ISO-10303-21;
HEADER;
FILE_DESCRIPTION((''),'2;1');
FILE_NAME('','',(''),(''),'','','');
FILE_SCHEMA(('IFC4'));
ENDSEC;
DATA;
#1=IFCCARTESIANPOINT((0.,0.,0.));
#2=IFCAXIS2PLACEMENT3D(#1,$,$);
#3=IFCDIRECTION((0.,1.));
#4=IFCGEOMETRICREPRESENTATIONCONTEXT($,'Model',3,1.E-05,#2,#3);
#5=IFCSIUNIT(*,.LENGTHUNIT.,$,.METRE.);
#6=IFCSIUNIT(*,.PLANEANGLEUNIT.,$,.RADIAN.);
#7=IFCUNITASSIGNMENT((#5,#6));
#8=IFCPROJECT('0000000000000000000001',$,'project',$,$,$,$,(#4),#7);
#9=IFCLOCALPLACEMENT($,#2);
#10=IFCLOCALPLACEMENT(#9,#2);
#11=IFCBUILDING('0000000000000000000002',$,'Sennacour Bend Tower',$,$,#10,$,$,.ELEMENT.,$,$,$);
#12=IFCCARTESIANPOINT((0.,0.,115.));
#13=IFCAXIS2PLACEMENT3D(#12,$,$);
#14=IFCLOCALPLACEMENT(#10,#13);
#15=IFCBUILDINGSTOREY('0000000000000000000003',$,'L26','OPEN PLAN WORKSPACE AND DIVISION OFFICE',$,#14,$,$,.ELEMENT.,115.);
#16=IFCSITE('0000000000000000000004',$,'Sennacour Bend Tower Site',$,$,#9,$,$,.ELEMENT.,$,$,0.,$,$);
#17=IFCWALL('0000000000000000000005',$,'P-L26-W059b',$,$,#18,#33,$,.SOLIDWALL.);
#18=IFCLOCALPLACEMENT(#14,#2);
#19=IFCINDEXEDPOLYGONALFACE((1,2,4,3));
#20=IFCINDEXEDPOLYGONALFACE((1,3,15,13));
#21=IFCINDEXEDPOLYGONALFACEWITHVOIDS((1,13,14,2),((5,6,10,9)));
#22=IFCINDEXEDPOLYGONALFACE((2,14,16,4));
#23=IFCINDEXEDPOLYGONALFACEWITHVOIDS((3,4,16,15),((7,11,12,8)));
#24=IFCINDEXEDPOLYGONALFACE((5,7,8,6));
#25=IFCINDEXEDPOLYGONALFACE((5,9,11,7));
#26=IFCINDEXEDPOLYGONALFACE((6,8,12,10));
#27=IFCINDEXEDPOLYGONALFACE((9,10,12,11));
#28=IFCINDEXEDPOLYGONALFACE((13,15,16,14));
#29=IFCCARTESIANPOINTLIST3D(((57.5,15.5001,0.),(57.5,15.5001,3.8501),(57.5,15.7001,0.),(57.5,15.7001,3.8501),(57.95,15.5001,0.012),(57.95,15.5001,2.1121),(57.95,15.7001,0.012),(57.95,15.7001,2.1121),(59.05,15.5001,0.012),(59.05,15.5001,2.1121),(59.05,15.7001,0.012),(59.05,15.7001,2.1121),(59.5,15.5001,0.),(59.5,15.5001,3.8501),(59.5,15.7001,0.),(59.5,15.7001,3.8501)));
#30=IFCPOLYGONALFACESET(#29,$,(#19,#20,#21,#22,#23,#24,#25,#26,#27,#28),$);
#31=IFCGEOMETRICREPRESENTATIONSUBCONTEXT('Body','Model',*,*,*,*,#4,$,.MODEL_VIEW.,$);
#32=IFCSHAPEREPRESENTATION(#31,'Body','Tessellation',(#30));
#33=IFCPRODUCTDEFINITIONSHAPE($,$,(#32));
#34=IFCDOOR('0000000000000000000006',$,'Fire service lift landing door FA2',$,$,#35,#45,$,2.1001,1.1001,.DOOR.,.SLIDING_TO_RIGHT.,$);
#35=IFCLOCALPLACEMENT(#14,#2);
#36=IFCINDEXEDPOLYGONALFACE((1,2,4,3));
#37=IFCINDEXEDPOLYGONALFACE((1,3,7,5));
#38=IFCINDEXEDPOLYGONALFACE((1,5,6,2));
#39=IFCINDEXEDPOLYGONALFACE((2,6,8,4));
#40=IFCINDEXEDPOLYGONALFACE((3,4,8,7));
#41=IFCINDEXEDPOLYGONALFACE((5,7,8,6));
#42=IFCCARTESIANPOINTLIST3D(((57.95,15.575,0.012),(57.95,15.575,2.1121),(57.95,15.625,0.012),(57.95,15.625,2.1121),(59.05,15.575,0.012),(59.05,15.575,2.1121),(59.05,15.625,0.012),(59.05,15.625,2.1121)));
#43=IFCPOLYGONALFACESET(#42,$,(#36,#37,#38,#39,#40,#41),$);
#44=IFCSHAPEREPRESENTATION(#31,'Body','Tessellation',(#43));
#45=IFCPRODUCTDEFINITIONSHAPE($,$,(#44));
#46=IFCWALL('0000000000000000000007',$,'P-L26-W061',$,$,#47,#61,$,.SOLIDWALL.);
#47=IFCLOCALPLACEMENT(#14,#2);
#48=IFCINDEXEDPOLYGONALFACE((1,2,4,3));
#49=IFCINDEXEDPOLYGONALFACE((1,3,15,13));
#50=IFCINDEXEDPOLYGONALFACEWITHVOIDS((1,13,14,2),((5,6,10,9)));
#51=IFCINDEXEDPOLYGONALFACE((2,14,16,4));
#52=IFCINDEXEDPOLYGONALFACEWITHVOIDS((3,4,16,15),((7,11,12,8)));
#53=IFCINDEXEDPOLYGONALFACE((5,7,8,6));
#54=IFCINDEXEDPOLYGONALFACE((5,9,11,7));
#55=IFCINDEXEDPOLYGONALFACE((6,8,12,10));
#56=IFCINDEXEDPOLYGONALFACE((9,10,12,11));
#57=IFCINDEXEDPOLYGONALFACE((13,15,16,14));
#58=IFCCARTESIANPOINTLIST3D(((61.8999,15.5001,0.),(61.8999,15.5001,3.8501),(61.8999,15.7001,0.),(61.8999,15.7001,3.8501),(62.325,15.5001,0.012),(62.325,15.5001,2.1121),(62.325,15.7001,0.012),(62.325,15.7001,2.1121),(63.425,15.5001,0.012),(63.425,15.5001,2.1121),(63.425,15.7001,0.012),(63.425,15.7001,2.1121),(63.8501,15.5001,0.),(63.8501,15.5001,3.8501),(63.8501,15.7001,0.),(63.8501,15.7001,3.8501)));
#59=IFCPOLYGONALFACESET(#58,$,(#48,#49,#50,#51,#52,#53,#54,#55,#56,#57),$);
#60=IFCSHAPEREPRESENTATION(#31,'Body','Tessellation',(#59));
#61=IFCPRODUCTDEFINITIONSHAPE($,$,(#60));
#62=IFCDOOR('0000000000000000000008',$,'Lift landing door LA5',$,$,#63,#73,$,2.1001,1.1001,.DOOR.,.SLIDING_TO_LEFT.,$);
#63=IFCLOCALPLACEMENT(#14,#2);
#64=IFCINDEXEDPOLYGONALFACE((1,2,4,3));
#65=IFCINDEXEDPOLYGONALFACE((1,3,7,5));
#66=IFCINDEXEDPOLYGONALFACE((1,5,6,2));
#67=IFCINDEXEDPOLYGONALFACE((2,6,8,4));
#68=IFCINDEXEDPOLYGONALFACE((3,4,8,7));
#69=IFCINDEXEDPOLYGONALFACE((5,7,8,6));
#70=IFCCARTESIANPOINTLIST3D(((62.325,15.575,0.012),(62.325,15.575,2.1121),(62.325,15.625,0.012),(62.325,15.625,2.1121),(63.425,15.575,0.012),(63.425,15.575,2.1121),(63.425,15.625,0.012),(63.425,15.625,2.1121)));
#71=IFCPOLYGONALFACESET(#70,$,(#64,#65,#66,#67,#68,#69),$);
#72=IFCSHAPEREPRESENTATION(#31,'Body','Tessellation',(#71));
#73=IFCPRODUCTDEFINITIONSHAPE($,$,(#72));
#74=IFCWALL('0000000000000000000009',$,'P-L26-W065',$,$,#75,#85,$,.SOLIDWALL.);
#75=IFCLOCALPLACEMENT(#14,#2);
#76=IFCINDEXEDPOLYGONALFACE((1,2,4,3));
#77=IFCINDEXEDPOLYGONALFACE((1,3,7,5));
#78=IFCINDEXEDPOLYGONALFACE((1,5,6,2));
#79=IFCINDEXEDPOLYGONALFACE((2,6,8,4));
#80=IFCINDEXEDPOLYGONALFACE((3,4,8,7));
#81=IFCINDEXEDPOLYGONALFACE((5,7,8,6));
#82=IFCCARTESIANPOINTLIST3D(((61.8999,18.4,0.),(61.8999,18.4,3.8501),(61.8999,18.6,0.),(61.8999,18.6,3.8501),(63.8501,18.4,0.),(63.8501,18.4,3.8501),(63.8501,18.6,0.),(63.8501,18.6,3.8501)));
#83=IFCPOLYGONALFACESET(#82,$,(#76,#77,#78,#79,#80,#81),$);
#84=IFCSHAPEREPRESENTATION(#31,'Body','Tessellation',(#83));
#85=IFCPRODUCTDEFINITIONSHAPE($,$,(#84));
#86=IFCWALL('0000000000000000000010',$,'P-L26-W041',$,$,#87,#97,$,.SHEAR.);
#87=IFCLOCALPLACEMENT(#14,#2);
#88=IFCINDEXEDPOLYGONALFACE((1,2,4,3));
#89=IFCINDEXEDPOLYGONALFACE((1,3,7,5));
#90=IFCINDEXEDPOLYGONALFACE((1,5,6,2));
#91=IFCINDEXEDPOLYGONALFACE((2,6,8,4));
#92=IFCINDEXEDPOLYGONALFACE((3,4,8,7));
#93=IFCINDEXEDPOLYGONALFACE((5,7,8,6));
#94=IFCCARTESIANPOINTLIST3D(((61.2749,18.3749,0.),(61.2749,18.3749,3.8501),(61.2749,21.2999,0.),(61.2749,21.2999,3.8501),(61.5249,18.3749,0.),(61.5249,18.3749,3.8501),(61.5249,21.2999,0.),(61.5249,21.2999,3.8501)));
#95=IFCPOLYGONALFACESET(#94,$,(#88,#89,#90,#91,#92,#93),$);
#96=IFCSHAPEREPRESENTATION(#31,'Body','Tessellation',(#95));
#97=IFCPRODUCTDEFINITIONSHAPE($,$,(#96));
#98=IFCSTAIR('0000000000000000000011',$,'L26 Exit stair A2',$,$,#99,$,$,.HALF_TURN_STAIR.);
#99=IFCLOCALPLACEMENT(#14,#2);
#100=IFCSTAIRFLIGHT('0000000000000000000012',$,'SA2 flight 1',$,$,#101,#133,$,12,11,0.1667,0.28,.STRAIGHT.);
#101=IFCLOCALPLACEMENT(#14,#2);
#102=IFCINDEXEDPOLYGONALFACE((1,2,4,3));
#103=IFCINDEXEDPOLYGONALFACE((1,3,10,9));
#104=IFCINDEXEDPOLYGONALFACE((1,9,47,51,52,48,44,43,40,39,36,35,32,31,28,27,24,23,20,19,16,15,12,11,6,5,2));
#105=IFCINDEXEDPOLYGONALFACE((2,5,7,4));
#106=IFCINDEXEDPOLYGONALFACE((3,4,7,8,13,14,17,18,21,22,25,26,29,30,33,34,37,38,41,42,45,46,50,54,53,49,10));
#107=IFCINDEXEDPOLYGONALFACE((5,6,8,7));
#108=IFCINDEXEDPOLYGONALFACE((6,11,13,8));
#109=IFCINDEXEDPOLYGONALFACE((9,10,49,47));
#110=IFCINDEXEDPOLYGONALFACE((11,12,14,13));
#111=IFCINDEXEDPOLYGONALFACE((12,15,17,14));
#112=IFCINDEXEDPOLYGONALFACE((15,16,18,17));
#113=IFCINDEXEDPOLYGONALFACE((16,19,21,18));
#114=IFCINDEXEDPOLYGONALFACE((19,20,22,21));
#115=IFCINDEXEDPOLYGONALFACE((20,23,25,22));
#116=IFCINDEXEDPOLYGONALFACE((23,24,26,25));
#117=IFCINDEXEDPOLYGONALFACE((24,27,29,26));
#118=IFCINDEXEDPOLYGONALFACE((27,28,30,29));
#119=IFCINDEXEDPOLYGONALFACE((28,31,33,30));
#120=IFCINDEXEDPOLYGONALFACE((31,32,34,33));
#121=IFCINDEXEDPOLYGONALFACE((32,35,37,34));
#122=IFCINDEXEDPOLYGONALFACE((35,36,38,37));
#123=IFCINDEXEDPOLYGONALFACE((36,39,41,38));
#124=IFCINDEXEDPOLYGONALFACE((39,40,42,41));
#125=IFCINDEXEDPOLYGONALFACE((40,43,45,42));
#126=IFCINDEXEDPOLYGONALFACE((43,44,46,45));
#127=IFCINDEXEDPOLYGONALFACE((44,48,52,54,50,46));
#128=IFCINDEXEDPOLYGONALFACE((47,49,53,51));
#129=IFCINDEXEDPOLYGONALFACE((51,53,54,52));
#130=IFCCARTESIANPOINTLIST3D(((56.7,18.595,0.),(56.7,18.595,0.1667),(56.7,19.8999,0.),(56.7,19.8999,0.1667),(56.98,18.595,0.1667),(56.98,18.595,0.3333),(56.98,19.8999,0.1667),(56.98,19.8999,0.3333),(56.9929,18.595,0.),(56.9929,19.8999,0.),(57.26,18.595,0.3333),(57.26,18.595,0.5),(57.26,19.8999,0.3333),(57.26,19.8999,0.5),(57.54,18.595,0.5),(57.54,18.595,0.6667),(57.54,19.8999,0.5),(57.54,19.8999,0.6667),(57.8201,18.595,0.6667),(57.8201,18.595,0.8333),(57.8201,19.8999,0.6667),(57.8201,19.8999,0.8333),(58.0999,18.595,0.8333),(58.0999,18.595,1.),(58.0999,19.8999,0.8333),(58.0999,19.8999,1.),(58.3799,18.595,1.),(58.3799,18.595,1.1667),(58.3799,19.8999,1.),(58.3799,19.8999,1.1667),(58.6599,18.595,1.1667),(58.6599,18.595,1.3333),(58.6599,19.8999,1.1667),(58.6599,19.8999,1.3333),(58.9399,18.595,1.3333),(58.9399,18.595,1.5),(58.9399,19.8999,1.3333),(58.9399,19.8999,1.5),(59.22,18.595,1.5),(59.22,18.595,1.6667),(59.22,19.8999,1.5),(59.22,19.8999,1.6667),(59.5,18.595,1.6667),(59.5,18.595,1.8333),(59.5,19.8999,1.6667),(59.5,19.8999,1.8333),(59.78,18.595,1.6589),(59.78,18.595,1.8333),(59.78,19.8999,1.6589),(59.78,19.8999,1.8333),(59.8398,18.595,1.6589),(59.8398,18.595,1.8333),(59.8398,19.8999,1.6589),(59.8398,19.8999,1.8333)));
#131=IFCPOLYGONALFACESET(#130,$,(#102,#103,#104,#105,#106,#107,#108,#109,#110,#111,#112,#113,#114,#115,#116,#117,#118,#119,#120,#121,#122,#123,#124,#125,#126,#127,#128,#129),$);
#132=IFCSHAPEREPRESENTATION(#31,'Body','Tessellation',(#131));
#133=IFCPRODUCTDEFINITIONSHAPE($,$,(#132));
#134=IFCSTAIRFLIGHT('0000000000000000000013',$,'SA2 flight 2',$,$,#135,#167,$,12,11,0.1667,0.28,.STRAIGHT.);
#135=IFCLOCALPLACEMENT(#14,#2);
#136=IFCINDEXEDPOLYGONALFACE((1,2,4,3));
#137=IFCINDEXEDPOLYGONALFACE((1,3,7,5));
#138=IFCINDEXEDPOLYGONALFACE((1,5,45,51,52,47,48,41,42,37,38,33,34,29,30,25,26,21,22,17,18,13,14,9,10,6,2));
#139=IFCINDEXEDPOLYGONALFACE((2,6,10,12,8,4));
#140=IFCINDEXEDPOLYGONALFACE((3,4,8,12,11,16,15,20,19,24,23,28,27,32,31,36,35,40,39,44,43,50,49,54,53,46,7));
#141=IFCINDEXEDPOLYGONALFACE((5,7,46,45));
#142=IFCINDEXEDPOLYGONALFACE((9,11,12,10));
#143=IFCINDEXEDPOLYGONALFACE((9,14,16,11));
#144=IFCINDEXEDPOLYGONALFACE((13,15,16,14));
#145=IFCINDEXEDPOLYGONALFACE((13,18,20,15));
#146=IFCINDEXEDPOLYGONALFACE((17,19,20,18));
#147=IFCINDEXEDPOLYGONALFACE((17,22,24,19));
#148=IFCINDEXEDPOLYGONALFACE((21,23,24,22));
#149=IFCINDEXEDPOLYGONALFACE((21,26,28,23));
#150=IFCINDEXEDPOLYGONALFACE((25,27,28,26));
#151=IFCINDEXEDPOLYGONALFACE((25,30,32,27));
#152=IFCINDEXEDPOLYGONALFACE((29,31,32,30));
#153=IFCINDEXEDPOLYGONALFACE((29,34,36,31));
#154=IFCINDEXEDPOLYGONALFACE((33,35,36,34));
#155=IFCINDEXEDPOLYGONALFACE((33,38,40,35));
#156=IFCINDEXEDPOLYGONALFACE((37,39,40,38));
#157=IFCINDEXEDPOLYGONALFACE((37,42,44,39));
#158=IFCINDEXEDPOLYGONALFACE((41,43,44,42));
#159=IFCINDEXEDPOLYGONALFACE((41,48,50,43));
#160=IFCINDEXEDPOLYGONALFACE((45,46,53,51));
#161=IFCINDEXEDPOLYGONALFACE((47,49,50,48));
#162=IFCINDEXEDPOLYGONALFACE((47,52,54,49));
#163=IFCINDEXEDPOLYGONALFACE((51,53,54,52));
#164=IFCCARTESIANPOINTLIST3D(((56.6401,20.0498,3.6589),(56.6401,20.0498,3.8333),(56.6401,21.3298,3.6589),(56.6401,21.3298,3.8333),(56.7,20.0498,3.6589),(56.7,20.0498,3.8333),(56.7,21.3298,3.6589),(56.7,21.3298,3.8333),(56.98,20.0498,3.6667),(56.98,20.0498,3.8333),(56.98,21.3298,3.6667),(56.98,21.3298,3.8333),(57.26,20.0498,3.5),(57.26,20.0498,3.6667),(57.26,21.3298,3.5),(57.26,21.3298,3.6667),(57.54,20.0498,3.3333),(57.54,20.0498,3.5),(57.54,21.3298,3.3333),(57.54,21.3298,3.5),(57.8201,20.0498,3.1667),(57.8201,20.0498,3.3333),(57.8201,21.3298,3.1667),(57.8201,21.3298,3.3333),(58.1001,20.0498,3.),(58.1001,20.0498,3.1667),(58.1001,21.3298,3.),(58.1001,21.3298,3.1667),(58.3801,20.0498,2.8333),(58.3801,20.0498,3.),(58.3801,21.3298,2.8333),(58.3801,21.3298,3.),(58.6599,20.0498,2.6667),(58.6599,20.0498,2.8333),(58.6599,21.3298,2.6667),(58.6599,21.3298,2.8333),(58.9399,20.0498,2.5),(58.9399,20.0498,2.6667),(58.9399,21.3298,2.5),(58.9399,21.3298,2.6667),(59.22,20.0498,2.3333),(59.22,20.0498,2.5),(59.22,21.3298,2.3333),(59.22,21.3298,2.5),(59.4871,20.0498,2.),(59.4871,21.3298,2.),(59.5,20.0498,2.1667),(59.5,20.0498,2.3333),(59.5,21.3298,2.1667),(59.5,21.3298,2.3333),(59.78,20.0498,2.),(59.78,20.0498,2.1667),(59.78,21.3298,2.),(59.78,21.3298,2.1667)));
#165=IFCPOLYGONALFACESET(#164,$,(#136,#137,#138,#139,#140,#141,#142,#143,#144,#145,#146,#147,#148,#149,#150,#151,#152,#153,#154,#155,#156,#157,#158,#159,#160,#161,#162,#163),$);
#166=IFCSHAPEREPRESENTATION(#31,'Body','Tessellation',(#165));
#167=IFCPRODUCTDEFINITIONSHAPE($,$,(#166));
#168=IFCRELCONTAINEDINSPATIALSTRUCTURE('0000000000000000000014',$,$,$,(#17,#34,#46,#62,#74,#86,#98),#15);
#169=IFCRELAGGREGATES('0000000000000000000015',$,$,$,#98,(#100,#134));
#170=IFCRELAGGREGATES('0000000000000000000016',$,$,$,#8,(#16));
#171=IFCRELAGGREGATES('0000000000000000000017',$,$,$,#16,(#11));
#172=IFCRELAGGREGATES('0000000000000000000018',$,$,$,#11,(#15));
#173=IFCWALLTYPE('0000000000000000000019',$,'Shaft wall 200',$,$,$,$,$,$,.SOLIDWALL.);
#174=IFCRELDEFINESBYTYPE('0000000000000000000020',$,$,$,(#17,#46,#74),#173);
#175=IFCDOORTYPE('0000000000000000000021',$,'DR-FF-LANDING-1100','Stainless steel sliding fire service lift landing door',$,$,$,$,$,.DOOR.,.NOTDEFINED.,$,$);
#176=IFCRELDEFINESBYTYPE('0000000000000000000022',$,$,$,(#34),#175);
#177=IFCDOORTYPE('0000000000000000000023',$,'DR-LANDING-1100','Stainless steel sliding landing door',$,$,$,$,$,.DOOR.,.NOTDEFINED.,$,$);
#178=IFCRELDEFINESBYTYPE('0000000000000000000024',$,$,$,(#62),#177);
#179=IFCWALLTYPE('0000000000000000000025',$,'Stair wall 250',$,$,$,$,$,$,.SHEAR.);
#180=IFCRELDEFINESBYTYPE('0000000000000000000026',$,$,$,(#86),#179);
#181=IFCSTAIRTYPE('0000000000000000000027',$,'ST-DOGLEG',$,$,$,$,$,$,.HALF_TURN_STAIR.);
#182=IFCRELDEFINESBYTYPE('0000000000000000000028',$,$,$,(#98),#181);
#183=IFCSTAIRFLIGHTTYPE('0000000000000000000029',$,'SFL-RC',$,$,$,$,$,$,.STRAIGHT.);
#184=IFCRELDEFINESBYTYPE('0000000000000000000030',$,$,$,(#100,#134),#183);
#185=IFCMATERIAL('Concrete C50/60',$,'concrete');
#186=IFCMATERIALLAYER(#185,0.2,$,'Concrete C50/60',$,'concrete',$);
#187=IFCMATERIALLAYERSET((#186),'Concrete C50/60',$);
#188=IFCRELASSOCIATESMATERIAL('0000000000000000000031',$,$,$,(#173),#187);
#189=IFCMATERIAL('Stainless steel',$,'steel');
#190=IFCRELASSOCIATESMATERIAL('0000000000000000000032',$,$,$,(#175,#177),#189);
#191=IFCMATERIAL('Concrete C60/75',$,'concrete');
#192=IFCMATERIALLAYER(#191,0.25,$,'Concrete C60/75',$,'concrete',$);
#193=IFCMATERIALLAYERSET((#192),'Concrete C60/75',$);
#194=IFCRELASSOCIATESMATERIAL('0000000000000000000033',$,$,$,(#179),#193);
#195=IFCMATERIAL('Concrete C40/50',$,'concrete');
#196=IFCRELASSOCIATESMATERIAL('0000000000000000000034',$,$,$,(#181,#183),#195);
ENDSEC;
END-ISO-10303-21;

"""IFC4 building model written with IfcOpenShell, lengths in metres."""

from ifc_helpers import new_model, si_unit, direction, frame, frame_2d, origin, place, context, subcontext, project, spatial, polyline, rectangle, outline, extrude, material, layer, layer_set, type_object, element, fill, aggregate, save


model = new_model("IFC4")

# Units and contexts
model_context = context("Model", 3, precision=1e-05, world=origin(), true_north=direction((0.0, 1.0)))
body_context = subcontext(model_context, "Body", "Model", "MODEL_VIEW")
ifc_project = project(units=[si_unit("LENGTHUNIT", "METRE"), si_unit("PLANEANGLEUNIT", "RADIAN")], contexts=[model_context])

# Site, building, storey
site_placement = place(None, origin())
site = spatial("IfcSite", under=ifc_project, at=site_placement, Name="Sennacour Bend Tower Site", CompositionType="ELEMENT", RefElevation=0.0)
building_placement = place(site_placement, origin())
building = spatial("IfcBuilding", under=site, at=building_placement, Name="Sennacour Bend Tower", CompositionType="ELEMENT")
storey_placement = place(building_placement, frame((0.0, 0.0, 115.0)))
storey = spatial("IfcBuildingStorey", under=building, at=storey_placement, Name="L26", Description="OPEN PLAN WORKSPACE AND DIVISION OFFICE", CompositionType="ELEMENT", Elevation=115.0)

# Shared definitions
ifc_material_1 = material(Name="Concrete C50/60", Category="concrete")
ifc_layer_1 = layer(ifc_material_1, 0.2, Name="Concrete C50/60", Category="concrete")
ifc_layer_set_1 = layer_set([ifc_layer_1], Name="Concrete C50/60")
wall_type_1 = type_object("IfcWallType", Name="Shaft wall 200", PredefinedType="SOLIDWALL", material=ifc_layer_set_1)

# Walls, openings, doors
wall_1_placement = place(storey_placement, frame((57.5, 15.6001, 0.0), z_axis=(0.0, 0.0, 1.0), x_axis=(1.0, 0.0, 0.0)))
wall_1 = element("IfcWall", 1, at=wall_1_placement, inside=storey, type_object=wall_type_1, Name="P-L26-W059b", PredefinedType="SOLIDWALL", context=body_context, shape_type="SweptSolid", body=[
    extrude(rectangle(XDim=2.0, YDim=0.2, at=frame_2d((1.0, 0.0))), origin(), (0.0, 0.0, 1.0), 3.8501),
])
opening_1_placement = place(wall_1_placement, frame((0.45, 0.0, 0.012)))
opening_1 = element("IfcOpeningElement", 2, at=opening_1_placement, cuts=wall_1, PredefinedType="OPENING", context=body_context, shape_type="SweptSolid", body=[
    extrude(rectangle(XDim=1.1001, YDim=2.1001, at=frame_2d((0.55, 1.05))), frame((0.0, 0.1099, 0.0), z_axis=(0.0, -1.0, 0.0), x_axis=(1.0, 0.0, 0.0)), (0.0, 0.0, 1.0), 0.22),
])
ifc_material_2 = material(Name="Stainless steel", Category="steel")
door_type_1 = type_object("IfcDoorType", Name="DR-FF-LANDING-1100", Description="Stainless steel sliding fire service lift landing door", OperationType="NOTDEFINED", PredefinedType="DOOR", material=ifc_material_2)
door_1_placement = place(opening_1_placement, origin())
door_1 = element("IfcDoor", 3, at=door_1_placement, inside=storey, type_object=door_type_1, Name="Fire service lift landing door FA2", OperationType="SLIDING_TO_RIGHT", OverallHeight=2.1001, OverallWidth=1.1001, PredefinedType="DOOR", context=body_context, shape_type="SweptSolid", body=[
    extrude(rectangle(XDim=1.1001, YDim=2.1001, at=frame_2d((0.55, 1.05))), frame((0.0, 0.0249, 0.0), z_axis=(0.0, -1.0, 0.0), x_axis=(1.0, 0.0, 0.0)), (0.0, 0.0, 1.0), 0.05),
])
fill(opening_1, door_1)
wall_2_placement = place(storey_placement, frame((61.8999, 15.6001, 0.0), z_axis=(0.0, 0.0, 1.0), x_axis=(1.0, 0.0, 0.0)))
wall_2 = element("IfcWall", 4, at=wall_2_placement, inside=storey, type_object=wall_type_1, Name="P-L26-W061", PredefinedType="SOLIDWALL", context=body_context, shape_type="SweptSolid", body=[
    extrude(rectangle(XDim=1.9502, YDim=0.2, at=frame_2d((0.9751, 0.0))), origin(), (0.0, 0.0, 1.0), 3.8501),
])
opening_2_placement = place(wall_2_placement, frame((0.425, 0.0, 0.012)))
opening_2 = element("IfcOpeningElement", 5, at=opening_2_placement, cuts=wall_2, PredefinedType="OPENING", context=body_context, shape_type="SweptSolid", body=[
    extrude(rectangle(XDim=1.1001, YDim=2.1001, at=frame_2d((0.55, 1.05))), frame((0.0, 0.1099, 0.0), z_axis=(0.0, -1.0, 0.0), x_axis=(1.0, 0.0, 0.0)), (0.0, 0.0, 1.0), 0.22),
])
door_type_2 = type_object("IfcDoorType", Name="DR-LANDING-1100", Description="Stainless steel sliding landing door", OperationType="NOTDEFINED", PredefinedType="DOOR", material=ifc_material_2)
door_2_placement = place(opening_2_placement, origin())
door_2 = element("IfcDoor", 6, at=door_2_placement, inside=storey, type_object=door_type_2, Name="Lift landing door LA5", OperationType="SLIDING_TO_LEFT", OverallHeight=2.1001, OverallWidth=1.1001, PredefinedType="DOOR", context=body_context, shape_type="SweptSolid", body=[
    extrude(rectangle(XDim=1.1001, YDim=2.1001, at=frame_2d((0.55, 1.05))), frame((0.0, 0.0249, 0.0), z_axis=(0.0, -1.0, 0.0), x_axis=(1.0, 0.0, 0.0)), (0.0, 0.0, 1.0), 0.05),
])
fill(opening_2, door_2)

# Walls
wall_3_placement = place(storey_placement, frame((61.8999, 18.5, 0.0), z_axis=(0.0, 0.0, 1.0), x_axis=(1.0, 0.0, 0.0)))
element("IfcWall", 7, at=wall_3_placement, inside=storey, type_object=wall_type_1, Name="P-L26-W065", PredefinedType="SOLIDWALL", context=body_context, shape_type="SweptSolid", body=[
    extrude(rectangle(XDim=1.9502, YDim=0.2, at=frame_2d((0.9751, 0.0))), origin(), (0.0, 0.0, 1.0), 3.8501),
])
ifc_material_3 = material(Name="Concrete C60/75", Category="concrete")
ifc_layer_2 = layer(ifc_material_3, 0.25, Name="Concrete C60/75", Category="concrete")
ifc_layer_set_2 = layer_set([ifc_layer_2], Name="Concrete C60/75")
wall_type_2 = type_object("IfcWallType", Name="Stair wall 250", PredefinedType="SHEAR", material=ifc_layer_set_2)
wall_4_placement = place(storey_placement, frame((61.3999, 18.375, 0.0), z_axis=(0.0, 0.0, 1.0), x_axis=(0.0, 1.0, 0.0)))
element("IfcWall", 8, at=wall_4_placement, inside=storey, type_object=wall_type_2, Name="P-L26-W041", PredefinedType="SHEAR", context=body_context, shape_type="SweptSolid", body=[
    extrude(rectangle(XDim=2.925, YDim=0.25, at=frame_2d((1.4624, 0.0))), origin(), (0.0, 0.0, 1.0), 3.8501),
])

# Stair, stair flights
ifc_material_4 = material(Name="Concrete C40/50", Category="concrete")
stair_type = type_object("IfcStairType", Name="ST-DOGLEG", PredefinedType="HALF_TURN_STAIR", material=ifc_material_4)
stair_placement = place(storey_placement, origin())
stair = element("IfcStair", 9, at=stair_placement, inside=storey, type_object=stair_type, Name="L26 Exit stair A2", PredefinedType="HALF_TURN_STAIR")
stair_flight_type = type_object("IfcStairFlightType", Name="SFL-RC", PredefinedType="STRAIGHT", material=ifc_material_4)
stair_flight_1_placement = place(storey_placement, frame((56.7, 19.2476, 0.0), z_axis=(0.0, 0.0, 1.0), x_axis=(1.0, 0.0, 0.0)))
stair_flight_1 = element("IfcStairFlight", 10, at=stair_flight_1_placement, type_object=stair_flight_type, Name="SA2 flight 1", NumberOfRisers=12, NumberOfTreads=11, PredefinedType="STRAIGHT", RiserHeight=0.1667, TreadLength=0.28, context=body_context, shape_type="SweptSolid", body=[
    extrude(outline(polyline([(0.0, 0.0), (0.0, 0.1667), (0.28, 0.1667), (0.28, 0.3333), (0.5601, 0.3333), (0.5601, 0.5), (0.8401, 0.5), (0.8401, 0.6667), (1.1201, 0.6667), (1.1201, 0.8333), (1.3999, 0.8333), (1.3999, 1.0), (1.6799, 1.0), (1.6799, 1.1667), (1.96, 1.1667), (1.96, 1.3333), (2.24, 1.3333), (2.24, 1.5), (2.52, 1.5), (2.52, 1.6667), (2.8, 1.6667), (2.8, 1.8333), (3.0801, 1.8333), (3.1399, 1.8333), (3.1399, 1.6589), (3.0801, 1.6589), (0.293, 0.0), (0.0, 0.0)])), frame((0.0, 0.6523, 0.0), z_axis=(0.0, -1.0, 0.0), x_axis=(1.0, 0.0, 0.0)), (0.0, 0.0, 1.0), 1.3049),
])
stair_flight_2_placement = place(storey_placement, frame((59.78, 20.6899, 2.0), z_axis=(0.0, 0.0, 1.0), x_axis=(-1.0, 0.0, 0.0)))
stair_flight_2 = element("IfcStairFlight", 11, at=stair_flight_2_placement, type_object=stair_flight_type, Name="SA2 flight 2", NumberOfRisers=12, NumberOfTreads=11, PredefinedType="STRAIGHT", RiserHeight=0.1667, TreadLength=0.28, context=body_context, shape_type="SweptSolid", body=[
    extrude(outline(polyline([(0.0, 0.0), (0.0, 0.1667), (0.28, 0.1667), (0.28, 0.3333), (0.5601, 0.3333), (0.5601, 0.5), (0.8401, 0.5), (0.8401, 0.6667), (1.1201, 0.6667), (1.1201, 0.8333), (1.3999, 0.8333), (1.3999, 1.0), (1.6799, 1.0), (1.6799, 1.1667), (1.96, 1.1667), (1.96, 1.3333), (2.24, 1.3333), (2.24, 1.5), (2.52, 1.5), (2.52, 1.6667), (2.8, 1.6667), (2.8, 1.8333), (3.0801, 1.8333), (3.1399, 1.8333), (3.1399, 1.6589), (3.0801, 1.6589), (0.293, 0.0), (0.0, 0.0)])), frame((0.0, 0.6401, 0.0), z_axis=(0.0, -1.0, 0.0), x_axis=(1.0, 0.0, 0.0)), (0.0, 0.0, 1.0), 1.28),
])
aggregate(stair, [stair_flight_1, stair_flight_2])

save(model, "model.ifc")
